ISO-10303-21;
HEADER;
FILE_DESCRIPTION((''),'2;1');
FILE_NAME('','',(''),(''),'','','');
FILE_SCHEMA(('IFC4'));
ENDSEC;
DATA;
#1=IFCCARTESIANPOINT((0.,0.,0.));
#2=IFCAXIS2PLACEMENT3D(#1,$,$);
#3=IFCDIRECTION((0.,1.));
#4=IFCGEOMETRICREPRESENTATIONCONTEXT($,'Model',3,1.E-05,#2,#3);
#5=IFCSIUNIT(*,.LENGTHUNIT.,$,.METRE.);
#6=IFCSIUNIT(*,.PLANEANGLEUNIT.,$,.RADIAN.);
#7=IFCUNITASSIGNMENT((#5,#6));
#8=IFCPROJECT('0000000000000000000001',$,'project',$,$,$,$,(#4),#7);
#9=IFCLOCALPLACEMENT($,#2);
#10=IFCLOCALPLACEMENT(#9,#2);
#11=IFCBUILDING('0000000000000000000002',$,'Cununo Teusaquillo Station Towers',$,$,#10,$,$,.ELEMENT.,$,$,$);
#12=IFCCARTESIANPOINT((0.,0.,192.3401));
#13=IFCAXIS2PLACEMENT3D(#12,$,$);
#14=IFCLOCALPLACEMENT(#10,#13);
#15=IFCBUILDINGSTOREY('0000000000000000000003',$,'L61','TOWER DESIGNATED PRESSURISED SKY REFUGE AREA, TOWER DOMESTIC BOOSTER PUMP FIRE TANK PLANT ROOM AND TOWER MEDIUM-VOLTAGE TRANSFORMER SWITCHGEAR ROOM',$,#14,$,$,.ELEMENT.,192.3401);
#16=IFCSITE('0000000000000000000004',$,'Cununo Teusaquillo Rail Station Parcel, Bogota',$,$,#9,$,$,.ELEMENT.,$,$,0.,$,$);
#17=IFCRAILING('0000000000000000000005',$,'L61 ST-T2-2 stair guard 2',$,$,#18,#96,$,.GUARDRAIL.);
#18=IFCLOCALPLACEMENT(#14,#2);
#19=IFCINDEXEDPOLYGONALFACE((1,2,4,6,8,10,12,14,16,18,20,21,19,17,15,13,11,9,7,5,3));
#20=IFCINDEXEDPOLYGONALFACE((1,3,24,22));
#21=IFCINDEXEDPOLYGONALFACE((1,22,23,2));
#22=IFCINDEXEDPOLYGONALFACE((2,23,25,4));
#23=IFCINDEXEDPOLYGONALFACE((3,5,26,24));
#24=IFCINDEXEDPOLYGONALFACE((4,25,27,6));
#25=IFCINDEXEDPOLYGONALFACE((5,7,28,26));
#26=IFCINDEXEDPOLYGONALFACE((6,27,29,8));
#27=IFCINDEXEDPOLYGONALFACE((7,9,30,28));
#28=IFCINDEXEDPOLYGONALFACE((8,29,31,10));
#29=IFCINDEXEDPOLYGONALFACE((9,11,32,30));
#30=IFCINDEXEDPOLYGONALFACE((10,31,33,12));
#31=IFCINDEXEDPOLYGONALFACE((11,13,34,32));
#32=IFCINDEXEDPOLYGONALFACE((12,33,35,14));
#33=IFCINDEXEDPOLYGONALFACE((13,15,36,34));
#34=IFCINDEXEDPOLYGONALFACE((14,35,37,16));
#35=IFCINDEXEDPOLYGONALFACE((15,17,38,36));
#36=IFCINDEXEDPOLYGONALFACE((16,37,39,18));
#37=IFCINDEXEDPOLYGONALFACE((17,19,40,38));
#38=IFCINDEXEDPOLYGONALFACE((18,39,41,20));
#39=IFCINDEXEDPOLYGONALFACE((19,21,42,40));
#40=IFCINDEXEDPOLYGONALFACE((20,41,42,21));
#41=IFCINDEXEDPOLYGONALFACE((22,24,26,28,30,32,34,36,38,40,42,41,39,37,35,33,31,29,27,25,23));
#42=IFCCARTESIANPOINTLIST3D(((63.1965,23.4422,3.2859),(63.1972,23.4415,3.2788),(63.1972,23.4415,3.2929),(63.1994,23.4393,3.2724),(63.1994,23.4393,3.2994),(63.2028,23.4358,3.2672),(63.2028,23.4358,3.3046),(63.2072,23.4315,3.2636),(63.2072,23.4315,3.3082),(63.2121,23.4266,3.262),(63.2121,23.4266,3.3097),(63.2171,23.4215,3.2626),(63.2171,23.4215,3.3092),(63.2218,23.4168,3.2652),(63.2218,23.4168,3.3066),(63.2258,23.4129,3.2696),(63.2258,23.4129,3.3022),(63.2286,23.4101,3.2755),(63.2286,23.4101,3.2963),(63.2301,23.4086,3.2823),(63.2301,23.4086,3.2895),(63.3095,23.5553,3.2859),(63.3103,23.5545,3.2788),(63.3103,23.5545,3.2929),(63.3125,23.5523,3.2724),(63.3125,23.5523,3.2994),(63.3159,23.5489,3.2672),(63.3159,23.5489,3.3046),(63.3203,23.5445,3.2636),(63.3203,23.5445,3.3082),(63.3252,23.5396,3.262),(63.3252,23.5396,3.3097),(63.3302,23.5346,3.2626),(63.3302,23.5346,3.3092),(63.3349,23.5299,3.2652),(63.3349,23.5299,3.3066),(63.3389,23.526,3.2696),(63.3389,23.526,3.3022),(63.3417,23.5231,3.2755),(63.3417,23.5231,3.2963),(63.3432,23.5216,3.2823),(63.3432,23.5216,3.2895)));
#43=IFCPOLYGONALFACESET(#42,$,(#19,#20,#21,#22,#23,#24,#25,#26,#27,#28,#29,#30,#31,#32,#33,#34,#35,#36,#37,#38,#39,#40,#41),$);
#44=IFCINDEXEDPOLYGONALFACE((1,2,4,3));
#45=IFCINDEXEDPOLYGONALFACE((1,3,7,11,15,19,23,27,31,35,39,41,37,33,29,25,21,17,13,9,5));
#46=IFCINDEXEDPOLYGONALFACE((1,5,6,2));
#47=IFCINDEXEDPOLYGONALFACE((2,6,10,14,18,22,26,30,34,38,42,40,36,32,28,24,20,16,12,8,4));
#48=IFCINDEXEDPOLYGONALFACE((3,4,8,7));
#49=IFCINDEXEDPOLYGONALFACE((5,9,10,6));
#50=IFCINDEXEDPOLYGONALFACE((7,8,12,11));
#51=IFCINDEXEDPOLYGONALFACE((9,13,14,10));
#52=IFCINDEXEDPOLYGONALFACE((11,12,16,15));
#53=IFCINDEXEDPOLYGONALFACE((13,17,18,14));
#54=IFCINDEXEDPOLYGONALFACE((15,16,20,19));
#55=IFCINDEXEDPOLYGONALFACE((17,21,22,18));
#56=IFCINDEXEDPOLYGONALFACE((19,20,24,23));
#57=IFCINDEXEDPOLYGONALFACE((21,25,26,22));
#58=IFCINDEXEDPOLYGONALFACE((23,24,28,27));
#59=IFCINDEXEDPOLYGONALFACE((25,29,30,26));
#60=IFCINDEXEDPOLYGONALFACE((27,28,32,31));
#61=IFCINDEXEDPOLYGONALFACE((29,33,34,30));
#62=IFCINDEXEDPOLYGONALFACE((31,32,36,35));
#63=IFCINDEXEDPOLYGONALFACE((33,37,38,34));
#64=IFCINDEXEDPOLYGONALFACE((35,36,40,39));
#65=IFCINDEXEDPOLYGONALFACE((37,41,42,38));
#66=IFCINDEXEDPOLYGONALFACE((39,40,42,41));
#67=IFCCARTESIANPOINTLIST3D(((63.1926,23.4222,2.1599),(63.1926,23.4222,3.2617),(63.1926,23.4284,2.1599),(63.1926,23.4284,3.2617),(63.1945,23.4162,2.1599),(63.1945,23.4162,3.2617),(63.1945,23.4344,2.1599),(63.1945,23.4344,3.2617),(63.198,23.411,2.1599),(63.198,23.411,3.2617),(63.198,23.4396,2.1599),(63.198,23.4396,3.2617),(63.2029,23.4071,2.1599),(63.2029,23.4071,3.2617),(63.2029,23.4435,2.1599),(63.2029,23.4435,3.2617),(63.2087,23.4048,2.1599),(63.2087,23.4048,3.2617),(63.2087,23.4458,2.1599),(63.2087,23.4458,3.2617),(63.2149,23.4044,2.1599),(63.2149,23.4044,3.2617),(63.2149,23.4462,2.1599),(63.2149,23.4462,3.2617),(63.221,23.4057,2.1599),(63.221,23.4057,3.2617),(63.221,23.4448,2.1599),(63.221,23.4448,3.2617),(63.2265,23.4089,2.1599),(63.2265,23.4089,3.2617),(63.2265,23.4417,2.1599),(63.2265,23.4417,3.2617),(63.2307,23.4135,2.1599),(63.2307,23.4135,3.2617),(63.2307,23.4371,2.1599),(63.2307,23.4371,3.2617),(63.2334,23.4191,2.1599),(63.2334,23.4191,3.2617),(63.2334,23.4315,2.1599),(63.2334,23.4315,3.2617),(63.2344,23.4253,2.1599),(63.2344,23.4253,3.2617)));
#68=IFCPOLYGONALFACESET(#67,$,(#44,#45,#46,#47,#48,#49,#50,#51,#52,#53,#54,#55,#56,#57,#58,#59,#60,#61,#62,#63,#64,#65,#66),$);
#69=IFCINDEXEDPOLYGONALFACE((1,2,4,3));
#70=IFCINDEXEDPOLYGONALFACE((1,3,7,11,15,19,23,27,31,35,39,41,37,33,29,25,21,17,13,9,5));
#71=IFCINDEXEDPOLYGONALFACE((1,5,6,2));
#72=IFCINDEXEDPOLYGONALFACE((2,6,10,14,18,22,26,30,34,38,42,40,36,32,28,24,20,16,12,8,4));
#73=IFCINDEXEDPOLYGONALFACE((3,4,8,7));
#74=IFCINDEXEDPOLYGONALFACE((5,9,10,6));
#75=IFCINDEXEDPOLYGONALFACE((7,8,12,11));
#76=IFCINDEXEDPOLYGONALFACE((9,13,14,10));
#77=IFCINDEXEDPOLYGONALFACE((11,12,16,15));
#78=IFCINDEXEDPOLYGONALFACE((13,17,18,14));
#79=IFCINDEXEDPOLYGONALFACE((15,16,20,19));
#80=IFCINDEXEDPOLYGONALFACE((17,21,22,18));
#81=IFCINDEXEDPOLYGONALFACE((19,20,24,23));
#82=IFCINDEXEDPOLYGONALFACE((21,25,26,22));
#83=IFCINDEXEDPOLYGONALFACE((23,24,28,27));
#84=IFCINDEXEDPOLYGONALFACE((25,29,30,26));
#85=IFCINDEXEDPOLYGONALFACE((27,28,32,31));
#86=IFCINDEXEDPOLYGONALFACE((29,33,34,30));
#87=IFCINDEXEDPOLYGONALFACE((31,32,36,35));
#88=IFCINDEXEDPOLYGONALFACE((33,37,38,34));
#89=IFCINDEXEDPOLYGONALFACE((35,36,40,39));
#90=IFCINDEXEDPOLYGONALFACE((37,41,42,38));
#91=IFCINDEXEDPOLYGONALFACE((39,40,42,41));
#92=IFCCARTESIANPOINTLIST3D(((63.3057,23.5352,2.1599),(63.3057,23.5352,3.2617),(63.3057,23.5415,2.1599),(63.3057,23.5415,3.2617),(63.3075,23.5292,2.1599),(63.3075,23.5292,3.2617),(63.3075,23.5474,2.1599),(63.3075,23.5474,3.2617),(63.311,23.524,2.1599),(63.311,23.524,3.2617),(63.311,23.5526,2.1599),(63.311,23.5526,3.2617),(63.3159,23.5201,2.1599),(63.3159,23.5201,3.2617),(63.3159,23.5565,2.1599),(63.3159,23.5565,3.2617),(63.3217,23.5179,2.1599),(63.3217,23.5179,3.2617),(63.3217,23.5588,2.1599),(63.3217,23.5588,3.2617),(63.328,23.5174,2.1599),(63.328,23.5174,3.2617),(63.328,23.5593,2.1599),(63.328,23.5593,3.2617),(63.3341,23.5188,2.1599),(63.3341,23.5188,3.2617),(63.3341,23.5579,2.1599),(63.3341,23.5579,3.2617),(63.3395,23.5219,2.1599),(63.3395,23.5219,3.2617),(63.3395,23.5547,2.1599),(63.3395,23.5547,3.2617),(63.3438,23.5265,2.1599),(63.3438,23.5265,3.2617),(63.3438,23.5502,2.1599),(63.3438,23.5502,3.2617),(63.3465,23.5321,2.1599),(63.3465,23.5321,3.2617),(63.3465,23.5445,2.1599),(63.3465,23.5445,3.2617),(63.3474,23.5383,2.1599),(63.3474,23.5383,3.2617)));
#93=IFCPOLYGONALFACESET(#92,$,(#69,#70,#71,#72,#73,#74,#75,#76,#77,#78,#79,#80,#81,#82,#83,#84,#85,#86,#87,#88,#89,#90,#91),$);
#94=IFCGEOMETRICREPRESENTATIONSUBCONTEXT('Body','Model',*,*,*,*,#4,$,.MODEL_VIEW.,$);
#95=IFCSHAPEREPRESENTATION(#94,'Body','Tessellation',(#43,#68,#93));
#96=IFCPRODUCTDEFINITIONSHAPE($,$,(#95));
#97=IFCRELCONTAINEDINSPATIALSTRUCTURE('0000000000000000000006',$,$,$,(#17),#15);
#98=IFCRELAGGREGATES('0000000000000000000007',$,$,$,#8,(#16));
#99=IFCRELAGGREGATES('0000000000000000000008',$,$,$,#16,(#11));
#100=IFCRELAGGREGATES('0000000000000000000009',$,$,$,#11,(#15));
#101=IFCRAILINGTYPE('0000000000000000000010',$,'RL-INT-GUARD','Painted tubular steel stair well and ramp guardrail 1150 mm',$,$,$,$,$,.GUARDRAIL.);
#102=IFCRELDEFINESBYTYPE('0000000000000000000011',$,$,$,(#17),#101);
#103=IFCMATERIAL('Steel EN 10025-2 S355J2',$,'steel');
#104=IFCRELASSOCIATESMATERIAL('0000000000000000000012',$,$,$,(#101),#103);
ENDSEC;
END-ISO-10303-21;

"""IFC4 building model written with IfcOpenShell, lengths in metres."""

from ifc_helpers import new_model, si_unit, direction, frame, origin, origin_2d, place, context, subcontext, project, spatial, circle, extrude, material, type_object, element, save


model = new_model("IFC4")

# Units and contexts
model_context = context("Model", 3, precision=1e-05, world=origin(), true_north=direction((0.0, 1.0)))
body_context = subcontext(model_context, "Body", "Model", "MODEL_VIEW")
ifc_project = project(units=[si_unit("LENGTHUNIT", "METRE"), si_unit("PLANEANGLEUNIT", "RADIAN")], contexts=[model_context])

# Site, building, storey
site_placement = place(None, origin())
site = spatial("IfcSite", under=ifc_project, at=site_placement, Name="Cununo Teusaquillo Rail Station Parcel, Bogota", CompositionType="ELEMENT", RefElevation=0.0)
building_placement = place(site_placement, origin())
building = spatial("IfcBuilding", under=site, at=building_placement, Name="Cununo Teusaquillo Station Towers", CompositionType="ELEMENT")
storey_placement = place(building_placement, frame((0.0, 0.0, 192.3401)))
storey = spatial("IfcBuildingStorey", under=building, at=storey_placement, Name="L61", Description="TOWER DESIGNATED PRESSURISED SKY REFUGE AREA, TOWER DOMESTIC BOOSTER PUMP FIRE TANK PLANT ROOM AND TOWER MEDIUM-VOLTAGE TRANSFORMER SWITCHGEAR ROOM", CompositionType="ELEMENT", Elevation=192.3401)

# Railing
ifc_material_1 = material(Name="Steel EN 10025-2 S355J2", Category="steel")
railing_type_1 = type_object("IfcRailingType", Name="RL-INT-GUARD", Description="Painted tubular steel stair well and ramp guardrail 1150 mm", PredefinedType="GUARDRAIL", material=ifc_material_1)
railing_1_placement = place(storey_placement, frame((63.2134, 23.4253, 2.1599)))
element("IfcRailing", 1, at=railing_1_placement, inside=storey, type_object=railing_type_1, Name="L61 ST-T2-2 stair guard 2", PredefinedType="GUARDRAIL", context=body_context, shape_type="SweptSolid", body=[
    extrude(circle(Radius=0.0239, at=origin_2d()), frame((0.0, 0.0, 1.126), z_axis=(0.707107, 0.707107, 0.0), x_axis=(-0.707107, 0.707107, 0.0)), (0.0, 0.0, 1.0), 0.1599),
    extrude(circle(Radius=0.021, at=origin_2d()), origin(), (0.0, 0.0, 1.0), 1.1018),
    extrude(circle(Radius=0.021, at=origin_2d()), frame((0.113, 0.113, 0.0)), (0.0, 0.0, 1.0), 1.1018),
])

save(model, "model.ifc")
